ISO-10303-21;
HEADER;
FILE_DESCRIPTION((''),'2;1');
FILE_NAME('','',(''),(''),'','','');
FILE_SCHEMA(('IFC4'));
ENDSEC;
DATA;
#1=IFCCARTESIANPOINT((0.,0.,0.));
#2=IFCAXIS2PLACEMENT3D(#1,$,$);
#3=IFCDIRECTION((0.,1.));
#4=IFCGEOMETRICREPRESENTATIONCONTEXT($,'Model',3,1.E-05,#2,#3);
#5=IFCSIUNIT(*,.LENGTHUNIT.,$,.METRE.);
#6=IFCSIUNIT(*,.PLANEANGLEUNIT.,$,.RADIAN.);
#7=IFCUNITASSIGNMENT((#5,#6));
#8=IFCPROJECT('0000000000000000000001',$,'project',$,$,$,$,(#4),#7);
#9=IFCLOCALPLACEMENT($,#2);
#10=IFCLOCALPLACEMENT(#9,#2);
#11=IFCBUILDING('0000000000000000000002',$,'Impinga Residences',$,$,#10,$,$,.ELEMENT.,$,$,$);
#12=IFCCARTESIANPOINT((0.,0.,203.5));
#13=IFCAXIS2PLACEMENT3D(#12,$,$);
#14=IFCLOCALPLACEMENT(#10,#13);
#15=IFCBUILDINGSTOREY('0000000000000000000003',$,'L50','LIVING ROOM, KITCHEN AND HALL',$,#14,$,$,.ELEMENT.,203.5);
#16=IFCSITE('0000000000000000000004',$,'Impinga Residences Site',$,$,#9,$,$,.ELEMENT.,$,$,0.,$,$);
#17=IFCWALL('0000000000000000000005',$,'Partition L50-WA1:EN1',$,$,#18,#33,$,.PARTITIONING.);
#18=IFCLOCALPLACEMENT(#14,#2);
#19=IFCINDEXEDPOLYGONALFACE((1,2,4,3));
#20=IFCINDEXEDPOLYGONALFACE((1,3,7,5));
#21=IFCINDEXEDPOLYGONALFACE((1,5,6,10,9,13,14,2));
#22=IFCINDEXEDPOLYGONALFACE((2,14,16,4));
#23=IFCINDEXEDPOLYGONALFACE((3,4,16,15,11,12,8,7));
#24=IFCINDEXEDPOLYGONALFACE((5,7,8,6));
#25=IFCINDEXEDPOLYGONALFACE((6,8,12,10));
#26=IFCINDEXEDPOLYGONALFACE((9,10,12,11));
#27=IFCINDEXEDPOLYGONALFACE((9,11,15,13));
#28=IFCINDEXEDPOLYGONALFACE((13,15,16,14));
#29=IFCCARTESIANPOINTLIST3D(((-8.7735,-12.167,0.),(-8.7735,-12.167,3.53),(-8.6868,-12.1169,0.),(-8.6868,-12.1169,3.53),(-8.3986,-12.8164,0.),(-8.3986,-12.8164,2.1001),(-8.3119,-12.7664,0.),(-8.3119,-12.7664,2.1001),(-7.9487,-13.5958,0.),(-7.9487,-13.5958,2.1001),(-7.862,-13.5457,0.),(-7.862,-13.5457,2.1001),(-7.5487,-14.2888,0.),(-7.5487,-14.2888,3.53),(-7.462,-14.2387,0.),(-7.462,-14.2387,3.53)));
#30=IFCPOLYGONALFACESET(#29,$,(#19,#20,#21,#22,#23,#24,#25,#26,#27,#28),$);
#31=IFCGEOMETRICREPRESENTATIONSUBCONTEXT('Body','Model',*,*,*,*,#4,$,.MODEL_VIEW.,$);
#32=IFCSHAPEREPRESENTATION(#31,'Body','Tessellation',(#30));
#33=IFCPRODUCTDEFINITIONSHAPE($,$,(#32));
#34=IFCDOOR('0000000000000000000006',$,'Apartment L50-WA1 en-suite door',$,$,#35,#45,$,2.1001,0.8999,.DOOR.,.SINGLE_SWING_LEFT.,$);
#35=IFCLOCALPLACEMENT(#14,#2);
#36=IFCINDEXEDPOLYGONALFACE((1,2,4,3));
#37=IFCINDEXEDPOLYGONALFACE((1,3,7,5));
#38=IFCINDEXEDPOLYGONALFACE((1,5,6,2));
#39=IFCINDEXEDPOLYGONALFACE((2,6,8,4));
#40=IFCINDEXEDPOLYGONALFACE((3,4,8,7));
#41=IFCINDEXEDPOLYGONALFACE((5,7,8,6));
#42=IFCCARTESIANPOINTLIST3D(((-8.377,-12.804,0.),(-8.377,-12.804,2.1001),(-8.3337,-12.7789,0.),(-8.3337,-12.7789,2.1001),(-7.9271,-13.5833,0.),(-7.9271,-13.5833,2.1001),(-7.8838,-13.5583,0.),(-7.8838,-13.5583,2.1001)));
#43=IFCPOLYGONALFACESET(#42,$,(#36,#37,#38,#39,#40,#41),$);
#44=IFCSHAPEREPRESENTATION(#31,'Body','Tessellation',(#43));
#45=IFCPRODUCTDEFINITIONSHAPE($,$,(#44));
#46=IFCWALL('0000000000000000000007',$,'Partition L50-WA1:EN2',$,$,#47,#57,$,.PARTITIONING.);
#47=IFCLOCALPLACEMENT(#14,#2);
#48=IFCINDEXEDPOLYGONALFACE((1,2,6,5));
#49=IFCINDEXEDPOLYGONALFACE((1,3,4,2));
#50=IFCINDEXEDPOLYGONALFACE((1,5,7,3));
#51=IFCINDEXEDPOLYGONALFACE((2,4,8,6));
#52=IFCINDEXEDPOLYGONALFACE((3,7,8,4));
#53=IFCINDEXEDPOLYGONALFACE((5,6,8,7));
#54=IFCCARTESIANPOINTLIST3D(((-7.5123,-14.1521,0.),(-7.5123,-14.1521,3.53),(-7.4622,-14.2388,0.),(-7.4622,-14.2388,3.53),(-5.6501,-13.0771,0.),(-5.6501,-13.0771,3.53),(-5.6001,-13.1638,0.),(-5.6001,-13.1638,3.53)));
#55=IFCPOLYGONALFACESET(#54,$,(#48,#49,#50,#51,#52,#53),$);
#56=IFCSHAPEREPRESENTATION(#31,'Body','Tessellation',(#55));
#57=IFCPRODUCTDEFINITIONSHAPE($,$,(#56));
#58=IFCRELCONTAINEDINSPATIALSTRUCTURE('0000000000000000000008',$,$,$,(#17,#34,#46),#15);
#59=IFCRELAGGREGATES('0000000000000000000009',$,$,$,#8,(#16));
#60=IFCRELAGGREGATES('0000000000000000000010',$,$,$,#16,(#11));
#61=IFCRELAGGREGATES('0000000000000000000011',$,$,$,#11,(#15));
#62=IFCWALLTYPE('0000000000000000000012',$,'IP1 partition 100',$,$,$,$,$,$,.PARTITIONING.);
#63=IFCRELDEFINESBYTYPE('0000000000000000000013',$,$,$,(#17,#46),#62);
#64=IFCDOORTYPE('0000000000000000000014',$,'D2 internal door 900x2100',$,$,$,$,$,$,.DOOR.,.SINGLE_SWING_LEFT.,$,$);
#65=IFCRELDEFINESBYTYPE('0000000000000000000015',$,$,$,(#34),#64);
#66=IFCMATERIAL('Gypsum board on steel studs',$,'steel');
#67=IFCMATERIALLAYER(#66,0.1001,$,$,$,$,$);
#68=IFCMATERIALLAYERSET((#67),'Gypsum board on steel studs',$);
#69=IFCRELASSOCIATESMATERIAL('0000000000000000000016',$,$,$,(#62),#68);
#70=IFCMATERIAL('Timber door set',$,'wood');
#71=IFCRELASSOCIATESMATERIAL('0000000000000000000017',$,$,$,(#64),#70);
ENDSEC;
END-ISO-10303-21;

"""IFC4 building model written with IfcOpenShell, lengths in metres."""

from ifc_helpers import new_model, si_unit, direction, frame, frame_2d, origin, place, context, subcontext, project, spatial, rectangle, extrude, material, layer, layer_set, type_object, element, fill, save


model = new_model("IFC4")

# Units and contexts
model_context = context("Model", 3, precision=1e-05, world=origin(), true_north=direction((0.0, 1.0)))
body_context = subcontext(model_context, "Body", "Model", "MODEL_VIEW")
ifc_project = project(units=[si_unit("LENGTHUNIT", "METRE"), si_unit("PLANEANGLEUNIT", "RADIAN")], contexts=[model_context])

# Site, building, storey
site_placement = place(None, origin())
site = spatial("IfcSite", under=ifc_project, at=site_placement, Name="Impinga Residences Site", CompositionType="ELEMENT", RefElevation=0.0)
building_placement = place(site_placement, origin())
building = spatial("IfcBuilding", under=site, at=building_placement, Name="Impinga Residences", CompositionType="ELEMENT")
storey_placement = place(building_placement, frame((0.0, 0.0, 203.5)))
storey = spatial("IfcBuildingStorey", under=building, at=storey_placement, Name="L50", Description="LIVING ROOM, KITCHEN AND HALL", CompositionType="ELEMENT", Elevation=203.5)

# Shared definitions
ifc_material_1 = material(Name="Gypsum board on steel studs", Category="steel")
ifc_layer_1 = layer(ifc_material_1, 0.1001)
ifc_layer_set_1 = layer_set([ifc_layer_1], Name="Gypsum board on steel studs")
wall_type_1 = type_object("IfcWallType", Name="IP1 partition 100", PredefinedType="PARTITIONING", material=ifc_layer_set_1)

# Wall, opening, door
wall_1_placement = place(storey_placement, frame((-8.7302, -12.1418, 0.0), z_axis=(0.0, 0.0, 1.0), x_axis=(0.499944, -0.866058, 0.0)))
wall_1 = element("IfcWall", 1, at=wall_1_placement, inside=storey, type_object=wall_type_1, Name="Partition L50-WA1:EN1", PredefinedType="PARTITIONING", context=body_context, shape_type="SweptSolid", body=[
    extrude(rectangle(XDim=2.45, YDim=0.1001, at=frame_2d((1.2251, 0.0))), origin(), (0.0, 0.0, 1.0), 3.53),
])
opening_1_placement = place(wall_1_placement, frame((0.75, 0.0, 0.0)))
opening_1 = element("IfcOpeningElement", 2, at=opening_1_placement, cuts=wall_1, PredefinedType="OPENING", context=body_context, shape_type="SweptSolid", body=[
    extrude(rectangle(XDim=0.8999, YDim=2.1001, at=frame_2d((0.45, 1.05))), frame((0.0, 0.0601, 0.0), z_axis=(0.0, -1.0, 0.0), x_axis=(1.0, 0.0, 0.0)), (0.0, 0.0, 1.0), 0.1201),
])
ifc_material_2 = material(Name="Timber door set", Category="wood")
door_type = type_object("IfcDoorType", Name="D2 internal door 900x2100", OperationType="SINGLE_SWING_LEFT", PredefinedType="DOOR", material=ifc_material_2)
door_placement = place(opening_1_placement, origin())
door = element("IfcDoor", 3, at=door_placement, inside=storey, type_object=door_type, Name="Apartment L50-WA1 en-suite door", OperationType="SINGLE_SWING_LEFT", OverallHeight=2.1001, OverallWidth=0.8999, PredefinedType="DOOR", context=body_context, shape_type="SweptSolid", body=[
    extrude(rectangle(XDim=0.8999, YDim=2.1001, at=frame_2d((0.45, 1.05))), frame((0.0, 0.0249, 0.0), z_axis=(0.0, -1.0, 0.0), x_axis=(1.0, 0.0, 0.0)), (0.0, 0.0, 1.0), 0.05),
])
fill(opening_1, door)

# Wall
wall_2_placement = place(storey_placement, frame((-5.625, -13.1204, 0.0), z_axis=(0.0, 0.0, 1.0), x_axis=(-0.866048, -0.499962, 0.0)))
element("IfcWall", 4, at=wall_2_placement, inside=storey, type_object=wall_type_1, Name="Partition L50-WA1:EN2", PredefinedType="PARTITIONING", context=body_context, shape_type="SweptSolid", body=[
    extrude(rectangle(XDim=2.1501, YDim=0.1001, at=frame_2d((1.0752, 0.0))), origin(), (0.0, 0.0, 1.0), 3.53),
])

save(model, "model.ifc")
